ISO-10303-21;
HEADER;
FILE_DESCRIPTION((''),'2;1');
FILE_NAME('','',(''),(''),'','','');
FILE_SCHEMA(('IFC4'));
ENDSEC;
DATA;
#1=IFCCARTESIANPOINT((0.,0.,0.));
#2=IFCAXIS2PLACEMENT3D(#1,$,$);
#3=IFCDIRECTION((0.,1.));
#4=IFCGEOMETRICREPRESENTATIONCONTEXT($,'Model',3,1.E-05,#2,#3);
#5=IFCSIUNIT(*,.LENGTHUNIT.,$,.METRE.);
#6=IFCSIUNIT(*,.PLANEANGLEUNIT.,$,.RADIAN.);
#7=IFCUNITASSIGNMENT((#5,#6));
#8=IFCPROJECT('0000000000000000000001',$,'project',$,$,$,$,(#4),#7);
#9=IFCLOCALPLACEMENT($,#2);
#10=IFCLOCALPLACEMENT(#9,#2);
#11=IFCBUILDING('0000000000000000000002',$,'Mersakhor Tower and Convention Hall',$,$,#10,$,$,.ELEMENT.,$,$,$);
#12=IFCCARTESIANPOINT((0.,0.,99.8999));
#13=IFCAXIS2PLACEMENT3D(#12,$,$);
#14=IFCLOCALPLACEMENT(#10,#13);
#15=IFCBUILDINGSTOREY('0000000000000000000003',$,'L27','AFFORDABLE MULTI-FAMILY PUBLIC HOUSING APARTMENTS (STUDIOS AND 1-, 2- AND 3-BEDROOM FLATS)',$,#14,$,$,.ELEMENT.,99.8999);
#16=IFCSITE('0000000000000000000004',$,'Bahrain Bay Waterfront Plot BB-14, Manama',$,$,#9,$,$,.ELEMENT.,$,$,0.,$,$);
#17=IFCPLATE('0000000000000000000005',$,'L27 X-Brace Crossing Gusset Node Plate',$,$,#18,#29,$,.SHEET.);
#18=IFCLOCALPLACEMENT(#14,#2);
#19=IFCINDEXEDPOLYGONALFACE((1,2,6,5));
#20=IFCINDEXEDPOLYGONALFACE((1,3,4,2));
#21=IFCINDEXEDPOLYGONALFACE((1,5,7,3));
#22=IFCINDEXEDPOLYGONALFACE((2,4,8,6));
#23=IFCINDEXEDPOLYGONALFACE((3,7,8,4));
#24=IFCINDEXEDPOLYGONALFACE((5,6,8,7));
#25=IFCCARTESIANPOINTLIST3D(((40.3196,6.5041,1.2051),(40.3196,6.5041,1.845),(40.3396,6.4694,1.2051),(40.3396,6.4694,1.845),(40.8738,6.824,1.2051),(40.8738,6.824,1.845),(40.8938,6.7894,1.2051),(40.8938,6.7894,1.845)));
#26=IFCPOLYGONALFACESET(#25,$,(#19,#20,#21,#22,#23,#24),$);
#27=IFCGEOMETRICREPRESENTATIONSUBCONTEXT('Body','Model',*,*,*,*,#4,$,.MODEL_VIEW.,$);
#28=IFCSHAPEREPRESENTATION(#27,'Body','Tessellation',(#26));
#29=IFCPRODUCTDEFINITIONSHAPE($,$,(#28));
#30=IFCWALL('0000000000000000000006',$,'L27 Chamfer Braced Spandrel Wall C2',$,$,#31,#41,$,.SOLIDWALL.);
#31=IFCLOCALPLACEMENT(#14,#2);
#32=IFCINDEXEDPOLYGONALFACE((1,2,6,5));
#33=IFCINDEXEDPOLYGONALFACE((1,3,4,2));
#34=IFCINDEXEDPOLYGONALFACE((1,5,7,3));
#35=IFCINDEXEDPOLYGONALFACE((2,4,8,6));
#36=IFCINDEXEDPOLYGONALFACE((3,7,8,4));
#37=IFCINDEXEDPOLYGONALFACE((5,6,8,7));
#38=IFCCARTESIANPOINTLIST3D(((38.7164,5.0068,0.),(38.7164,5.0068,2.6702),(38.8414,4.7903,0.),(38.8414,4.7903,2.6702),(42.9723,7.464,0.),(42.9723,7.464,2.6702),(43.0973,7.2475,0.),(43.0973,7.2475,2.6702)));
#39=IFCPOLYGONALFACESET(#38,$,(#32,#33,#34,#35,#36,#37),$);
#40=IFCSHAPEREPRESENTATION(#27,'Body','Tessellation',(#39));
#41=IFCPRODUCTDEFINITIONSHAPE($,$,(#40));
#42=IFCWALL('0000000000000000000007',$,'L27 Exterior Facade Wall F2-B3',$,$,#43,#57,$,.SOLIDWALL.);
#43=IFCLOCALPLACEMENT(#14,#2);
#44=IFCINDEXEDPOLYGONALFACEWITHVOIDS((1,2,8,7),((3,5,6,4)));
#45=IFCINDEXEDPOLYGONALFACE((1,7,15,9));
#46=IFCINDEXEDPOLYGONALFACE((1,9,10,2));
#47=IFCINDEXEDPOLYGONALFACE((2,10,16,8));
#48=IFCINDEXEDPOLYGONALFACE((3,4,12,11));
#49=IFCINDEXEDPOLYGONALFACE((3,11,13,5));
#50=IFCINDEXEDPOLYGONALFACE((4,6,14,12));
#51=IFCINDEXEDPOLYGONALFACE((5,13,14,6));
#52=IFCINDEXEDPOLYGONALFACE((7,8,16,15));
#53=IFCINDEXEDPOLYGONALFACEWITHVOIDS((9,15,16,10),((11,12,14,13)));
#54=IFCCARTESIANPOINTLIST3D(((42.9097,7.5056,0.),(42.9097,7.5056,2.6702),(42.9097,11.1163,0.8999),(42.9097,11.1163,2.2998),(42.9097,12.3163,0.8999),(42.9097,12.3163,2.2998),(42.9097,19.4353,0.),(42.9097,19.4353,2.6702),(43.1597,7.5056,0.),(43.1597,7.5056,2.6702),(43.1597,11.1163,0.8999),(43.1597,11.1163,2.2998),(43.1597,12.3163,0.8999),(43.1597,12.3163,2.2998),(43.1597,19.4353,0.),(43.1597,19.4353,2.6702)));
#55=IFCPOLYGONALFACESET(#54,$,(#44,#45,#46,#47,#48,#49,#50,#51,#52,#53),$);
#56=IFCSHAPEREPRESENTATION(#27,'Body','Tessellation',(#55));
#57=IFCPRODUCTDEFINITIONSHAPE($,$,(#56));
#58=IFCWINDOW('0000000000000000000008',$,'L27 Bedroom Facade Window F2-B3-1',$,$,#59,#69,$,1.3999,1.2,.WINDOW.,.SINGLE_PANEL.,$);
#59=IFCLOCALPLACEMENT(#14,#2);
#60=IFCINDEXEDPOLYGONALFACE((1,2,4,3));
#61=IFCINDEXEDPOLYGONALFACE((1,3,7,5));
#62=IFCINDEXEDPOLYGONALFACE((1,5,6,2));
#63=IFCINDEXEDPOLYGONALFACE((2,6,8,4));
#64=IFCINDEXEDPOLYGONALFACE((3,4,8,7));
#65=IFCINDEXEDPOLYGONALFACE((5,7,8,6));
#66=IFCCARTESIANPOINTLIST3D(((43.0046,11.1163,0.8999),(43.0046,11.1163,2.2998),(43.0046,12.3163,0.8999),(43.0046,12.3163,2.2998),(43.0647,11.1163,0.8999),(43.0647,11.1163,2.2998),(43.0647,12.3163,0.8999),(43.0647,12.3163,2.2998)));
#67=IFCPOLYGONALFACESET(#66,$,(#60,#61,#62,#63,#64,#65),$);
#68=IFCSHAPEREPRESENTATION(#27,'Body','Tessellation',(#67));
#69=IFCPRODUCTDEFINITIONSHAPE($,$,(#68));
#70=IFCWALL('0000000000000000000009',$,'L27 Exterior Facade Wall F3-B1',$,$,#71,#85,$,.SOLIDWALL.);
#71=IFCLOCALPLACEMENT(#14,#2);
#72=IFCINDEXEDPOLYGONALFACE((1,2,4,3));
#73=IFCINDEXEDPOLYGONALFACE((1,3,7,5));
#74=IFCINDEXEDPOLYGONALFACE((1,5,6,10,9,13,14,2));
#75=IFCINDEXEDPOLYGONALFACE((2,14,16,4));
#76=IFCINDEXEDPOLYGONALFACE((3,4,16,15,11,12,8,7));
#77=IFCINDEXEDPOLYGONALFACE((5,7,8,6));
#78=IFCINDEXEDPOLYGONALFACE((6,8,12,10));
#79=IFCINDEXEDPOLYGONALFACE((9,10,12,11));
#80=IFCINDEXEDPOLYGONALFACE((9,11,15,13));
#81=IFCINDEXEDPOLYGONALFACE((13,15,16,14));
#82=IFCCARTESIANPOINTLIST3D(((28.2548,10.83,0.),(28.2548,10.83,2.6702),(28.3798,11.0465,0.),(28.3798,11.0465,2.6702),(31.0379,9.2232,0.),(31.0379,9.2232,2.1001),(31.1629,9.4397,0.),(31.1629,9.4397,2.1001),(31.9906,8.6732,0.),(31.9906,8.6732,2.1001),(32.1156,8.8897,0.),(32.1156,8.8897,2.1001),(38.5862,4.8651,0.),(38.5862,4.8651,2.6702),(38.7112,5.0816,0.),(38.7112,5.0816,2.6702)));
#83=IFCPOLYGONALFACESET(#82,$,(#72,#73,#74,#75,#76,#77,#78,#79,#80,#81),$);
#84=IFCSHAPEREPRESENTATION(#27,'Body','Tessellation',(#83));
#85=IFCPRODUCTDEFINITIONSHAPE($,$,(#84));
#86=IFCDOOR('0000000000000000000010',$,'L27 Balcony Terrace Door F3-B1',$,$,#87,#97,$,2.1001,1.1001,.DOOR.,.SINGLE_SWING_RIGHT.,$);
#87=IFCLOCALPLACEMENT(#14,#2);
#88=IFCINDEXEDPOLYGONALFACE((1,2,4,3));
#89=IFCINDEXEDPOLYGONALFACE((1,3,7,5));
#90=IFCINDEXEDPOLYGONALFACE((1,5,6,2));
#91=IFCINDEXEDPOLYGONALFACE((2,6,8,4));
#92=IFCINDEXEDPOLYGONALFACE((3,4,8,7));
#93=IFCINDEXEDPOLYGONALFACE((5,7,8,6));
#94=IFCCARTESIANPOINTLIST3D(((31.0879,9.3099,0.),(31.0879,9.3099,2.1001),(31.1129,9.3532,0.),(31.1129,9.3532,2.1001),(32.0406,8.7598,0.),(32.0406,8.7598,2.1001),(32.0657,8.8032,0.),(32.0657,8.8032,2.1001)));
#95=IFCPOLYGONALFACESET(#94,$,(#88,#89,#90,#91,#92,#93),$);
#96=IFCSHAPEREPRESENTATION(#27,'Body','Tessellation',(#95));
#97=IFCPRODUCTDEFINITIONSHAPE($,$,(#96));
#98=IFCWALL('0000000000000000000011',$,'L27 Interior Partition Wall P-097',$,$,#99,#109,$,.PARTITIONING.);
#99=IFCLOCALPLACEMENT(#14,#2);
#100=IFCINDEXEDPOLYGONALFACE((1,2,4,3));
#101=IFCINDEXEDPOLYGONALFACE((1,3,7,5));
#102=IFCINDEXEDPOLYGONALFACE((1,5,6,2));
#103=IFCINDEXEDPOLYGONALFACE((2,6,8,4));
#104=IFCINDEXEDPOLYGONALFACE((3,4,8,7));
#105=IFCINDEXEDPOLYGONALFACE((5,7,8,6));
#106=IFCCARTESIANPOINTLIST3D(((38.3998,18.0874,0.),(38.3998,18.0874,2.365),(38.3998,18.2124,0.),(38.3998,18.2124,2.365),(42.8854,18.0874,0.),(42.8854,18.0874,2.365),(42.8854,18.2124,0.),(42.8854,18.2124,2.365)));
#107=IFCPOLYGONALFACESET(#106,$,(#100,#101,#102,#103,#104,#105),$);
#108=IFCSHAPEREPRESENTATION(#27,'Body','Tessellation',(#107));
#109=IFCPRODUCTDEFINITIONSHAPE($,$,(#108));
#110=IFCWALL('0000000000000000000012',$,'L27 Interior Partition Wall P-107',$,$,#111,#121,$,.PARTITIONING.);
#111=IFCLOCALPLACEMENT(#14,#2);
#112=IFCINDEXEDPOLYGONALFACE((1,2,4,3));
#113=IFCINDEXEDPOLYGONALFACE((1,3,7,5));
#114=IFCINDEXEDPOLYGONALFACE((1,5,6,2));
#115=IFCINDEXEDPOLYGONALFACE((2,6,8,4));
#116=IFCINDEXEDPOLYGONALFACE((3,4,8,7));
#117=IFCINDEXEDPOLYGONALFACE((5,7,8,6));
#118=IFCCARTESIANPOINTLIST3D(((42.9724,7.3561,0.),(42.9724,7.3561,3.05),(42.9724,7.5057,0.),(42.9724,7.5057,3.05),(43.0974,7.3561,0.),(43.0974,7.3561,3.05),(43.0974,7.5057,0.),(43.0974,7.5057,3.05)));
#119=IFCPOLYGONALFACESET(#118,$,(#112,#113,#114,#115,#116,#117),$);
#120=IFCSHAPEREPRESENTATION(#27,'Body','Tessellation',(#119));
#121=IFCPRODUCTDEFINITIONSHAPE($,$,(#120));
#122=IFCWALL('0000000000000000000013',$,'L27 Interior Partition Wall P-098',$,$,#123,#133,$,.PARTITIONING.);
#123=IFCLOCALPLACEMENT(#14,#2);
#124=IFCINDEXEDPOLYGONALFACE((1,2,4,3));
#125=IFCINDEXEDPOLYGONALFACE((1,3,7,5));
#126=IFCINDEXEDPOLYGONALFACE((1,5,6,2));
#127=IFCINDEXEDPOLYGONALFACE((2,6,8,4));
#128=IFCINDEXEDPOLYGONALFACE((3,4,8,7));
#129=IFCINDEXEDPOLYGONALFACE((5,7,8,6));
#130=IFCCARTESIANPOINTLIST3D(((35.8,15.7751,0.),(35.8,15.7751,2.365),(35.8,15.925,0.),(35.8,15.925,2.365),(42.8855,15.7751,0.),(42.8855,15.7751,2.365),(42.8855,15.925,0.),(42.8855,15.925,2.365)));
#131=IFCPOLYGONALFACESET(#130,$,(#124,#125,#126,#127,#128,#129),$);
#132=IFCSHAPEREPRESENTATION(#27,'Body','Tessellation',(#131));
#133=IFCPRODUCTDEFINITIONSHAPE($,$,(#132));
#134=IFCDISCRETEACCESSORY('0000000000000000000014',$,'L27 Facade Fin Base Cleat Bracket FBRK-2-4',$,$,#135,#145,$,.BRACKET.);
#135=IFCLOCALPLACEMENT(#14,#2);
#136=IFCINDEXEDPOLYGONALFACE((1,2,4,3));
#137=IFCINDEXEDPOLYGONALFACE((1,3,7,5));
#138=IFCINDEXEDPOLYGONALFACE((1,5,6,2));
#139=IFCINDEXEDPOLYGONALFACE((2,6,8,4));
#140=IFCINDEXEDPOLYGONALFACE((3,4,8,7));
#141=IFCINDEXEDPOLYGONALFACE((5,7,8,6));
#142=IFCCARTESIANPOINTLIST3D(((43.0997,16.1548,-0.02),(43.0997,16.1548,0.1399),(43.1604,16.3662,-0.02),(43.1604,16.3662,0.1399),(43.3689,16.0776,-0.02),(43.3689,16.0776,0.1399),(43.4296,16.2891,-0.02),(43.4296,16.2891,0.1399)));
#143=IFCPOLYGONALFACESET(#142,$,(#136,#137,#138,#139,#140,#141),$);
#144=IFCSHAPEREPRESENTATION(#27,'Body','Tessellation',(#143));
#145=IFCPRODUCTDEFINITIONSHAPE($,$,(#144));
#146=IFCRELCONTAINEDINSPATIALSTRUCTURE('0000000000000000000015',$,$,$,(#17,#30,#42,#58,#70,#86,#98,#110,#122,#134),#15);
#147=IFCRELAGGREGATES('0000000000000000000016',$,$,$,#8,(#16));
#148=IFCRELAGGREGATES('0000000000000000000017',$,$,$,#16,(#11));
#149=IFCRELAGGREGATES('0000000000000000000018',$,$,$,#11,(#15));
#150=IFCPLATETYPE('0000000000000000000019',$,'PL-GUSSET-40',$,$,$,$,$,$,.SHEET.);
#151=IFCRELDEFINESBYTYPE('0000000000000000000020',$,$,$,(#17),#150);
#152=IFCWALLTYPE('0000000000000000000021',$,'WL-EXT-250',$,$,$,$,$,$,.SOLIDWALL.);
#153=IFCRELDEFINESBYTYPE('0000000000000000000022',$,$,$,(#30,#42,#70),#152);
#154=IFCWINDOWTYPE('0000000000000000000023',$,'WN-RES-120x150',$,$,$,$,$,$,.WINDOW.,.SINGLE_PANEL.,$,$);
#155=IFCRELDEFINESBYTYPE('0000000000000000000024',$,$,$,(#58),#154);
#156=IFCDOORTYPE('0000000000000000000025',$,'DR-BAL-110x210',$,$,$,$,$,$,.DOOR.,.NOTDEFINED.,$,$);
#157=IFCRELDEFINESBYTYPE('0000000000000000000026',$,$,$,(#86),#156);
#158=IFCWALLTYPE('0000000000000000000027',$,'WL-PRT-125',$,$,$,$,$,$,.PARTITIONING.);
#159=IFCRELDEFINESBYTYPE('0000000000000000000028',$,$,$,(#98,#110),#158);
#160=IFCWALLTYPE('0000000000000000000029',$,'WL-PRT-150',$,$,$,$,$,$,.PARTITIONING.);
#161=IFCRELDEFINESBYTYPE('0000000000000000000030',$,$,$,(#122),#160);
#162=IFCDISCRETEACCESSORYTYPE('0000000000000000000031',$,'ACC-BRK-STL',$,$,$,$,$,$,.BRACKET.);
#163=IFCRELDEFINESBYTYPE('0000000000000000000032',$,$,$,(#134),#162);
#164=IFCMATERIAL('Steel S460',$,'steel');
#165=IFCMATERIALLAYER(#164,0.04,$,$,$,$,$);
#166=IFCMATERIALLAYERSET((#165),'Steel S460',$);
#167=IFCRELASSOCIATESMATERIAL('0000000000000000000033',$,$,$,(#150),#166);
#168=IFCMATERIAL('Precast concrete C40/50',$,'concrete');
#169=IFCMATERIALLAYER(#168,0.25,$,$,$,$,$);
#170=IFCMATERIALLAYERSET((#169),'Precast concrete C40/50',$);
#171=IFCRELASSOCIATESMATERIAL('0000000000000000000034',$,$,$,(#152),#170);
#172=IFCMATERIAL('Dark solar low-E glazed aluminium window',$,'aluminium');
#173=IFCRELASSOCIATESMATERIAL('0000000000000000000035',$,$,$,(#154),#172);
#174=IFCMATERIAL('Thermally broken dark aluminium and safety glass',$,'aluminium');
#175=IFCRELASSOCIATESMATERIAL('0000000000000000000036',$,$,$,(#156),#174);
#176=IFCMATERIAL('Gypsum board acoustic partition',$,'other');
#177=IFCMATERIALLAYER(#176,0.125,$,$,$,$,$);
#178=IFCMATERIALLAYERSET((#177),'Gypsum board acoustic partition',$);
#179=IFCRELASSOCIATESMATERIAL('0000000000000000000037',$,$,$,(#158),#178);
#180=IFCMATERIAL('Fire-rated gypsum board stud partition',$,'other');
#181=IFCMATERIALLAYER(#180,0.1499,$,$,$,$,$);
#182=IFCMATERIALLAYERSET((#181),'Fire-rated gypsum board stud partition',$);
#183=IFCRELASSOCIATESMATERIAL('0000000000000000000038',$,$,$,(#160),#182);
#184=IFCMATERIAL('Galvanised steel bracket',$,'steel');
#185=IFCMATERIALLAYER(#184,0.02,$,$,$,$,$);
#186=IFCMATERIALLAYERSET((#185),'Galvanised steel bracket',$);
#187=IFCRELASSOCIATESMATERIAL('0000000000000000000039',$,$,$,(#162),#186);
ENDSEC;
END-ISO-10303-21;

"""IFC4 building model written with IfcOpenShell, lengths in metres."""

from ifc_helpers import new_model, si_unit, direction, frame, frame_2d, origin, origin_2d, place, context, subcontext, project, spatial, rectangle, extrude, material, layer, layer_set, type_object, element, fill, save


model = new_model("IFC4")

# Units and contexts
model_context = context("Model", 3, precision=1e-05, world=origin(), true_north=direction((0.0, 1.0)))
body_context = subcontext(model_context, "Body", "Model", "MODEL_VIEW")
ifc_project = project(units=[si_unit("LENGTHUNIT", "METRE"), si_unit("PLANEANGLEUNIT", "RADIAN")], contexts=[model_context])

# Site, building, storey
site_placement = place(None, origin())
site = spatial("IfcSite", under=ifc_project, at=site_placement, Name="Bahrain Bay Waterfront Plot BB-14, Manama", CompositionType="ELEMENT", RefElevation=0.0)
building_placement = place(site_placement, origin())
building = spatial("IfcBuilding", under=site, at=building_placement, Name="Mersakhor Tower and Convention Hall", CompositionType="ELEMENT")
storey_placement = place(building_placement, frame((0.0, 0.0, 99.8999)))
storey = spatial("IfcBuildingStorey", under=building, at=storey_placement, Name="L27", Description="AFFORDABLE MULTI-FAMILY PUBLIC HOUSING APARTMENTS (STUDIOS AND 1-, 2- AND 3-BEDROOM FLATS)", CompositionType="ELEMENT", Elevation=99.8999)

# Plate
ifc_material_1 = material(Name="Steel S460", Category="steel")
ifc_layer_1 = layer(ifc_material_1, 0.04)
ifc_layer_set_1 = layer_set([ifc_layer_1], Name="Steel S460")
plate_type_1 = type_object("IfcPlateType", Name="PL-GUSSET-40", PredefinedType="SHEET", material=ifc_layer_set_1)
plate_1_placement = place(storey_placement, frame((40.6067, 6.6467, 1.2051), z_axis=(0.0, 0.0, 1.0), x_axis=(0.866025, 0.5, 0.0)))
element("IfcPlate", 1, at=plate_1_placement, inside=storey, type_object=plate_type_1, Name="L27 X-Brace Crossing Gusset Node Plate", PredefinedType="SHEET", context=body_context, shape_type="SweptSolid", body=[
    extrude(rectangle(XDim=0.6399, YDim=0.04, at=origin_2d()), origin(), (0.0, 0.0, 1.0), 0.6399),
])

# Wall
ifc_material_2 = material(Name="Precast concrete C40/50", Category="concrete")
ifc_layer_2 = layer(ifc_material_2, 0.25)
ifc_layer_set_2 = layer_set([ifc_layer_2], Name="Precast concrete C40/50")
wall_type_1 = type_object("IfcWallType", Name="WL-EXT-250", PredefinedType="SOLIDWALL", material=ifc_layer_set_2)
wall_1_placement = place(storey_placement, frame((43.0347, 7.3557, 0.0), z_axis=(0.0, 0.0, 1.0), x_axis=(-0.866012, -0.500023, 0.0)))
element("IfcWall", 2, at=wall_1_placement, inside=storey, type_object=wall_type_1, Name="L27 Chamfer Braced Spandrel Wall C2", PredefinedType="SOLIDWALL", context=body_context, shape_type="SweptSolid", body=[
    extrude(rectangle(XDim=4.9143, YDim=0.25, at=frame_2d((2.457, 0.0))), origin(), (0.0, 0.0, 1.0), 2.6702),
])

# Wall, opening, window
wall_2_placement = place(storey_placement, frame((43.0347, 19.4353, 0.0), z_axis=(0.0, 0.0, 1.0), x_axis=(0.0, -1.0, 0.0)))
wall_2 = element("IfcWall", 3, at=wall_2_placement, inside=storey, type_object=wall_type_1, Name="L27 Exterior Facade Wall F2-B3", PredefinedType="SOLIDWALL", context=body_context, shape_type="SweptSolid", body=[
    extrude(rectangle(XDim=11.9297, YDim=0.25, at=frame_2d((5.9648, 0.0))), origin(), (0.0, 0.0, 1.0), 2.6702),
])
opening_1_placement = place(wall_2_placement, frame((7.1189, 0.0, 0.8999)))
opening_1 = element("IfcOpeningElement", 4, at=opening_1_placement, cuts=wall_2, PredefinedType="OPENING", context=body_context, shape_type="SweptSolid", body=[
    extrude(rectangle(XDim=1.2, YDim=1.3999, at=frame_2d((0.6001, 0.7))), frame((0.0, 0.135, 0.0), z_axis=(0.0, -1.0, 0.0), x_axis=(1.0, 0.0, 0.0)), (0.0, 0.0, 1.0), 0.27),
])
ifc_material_3 = material(Name="Dark solar low-E glazed aluminium window", Category="aluminium")
window_type = type_object("IfcWindowType", Name="WN-RES-120x150", PartitioningType="SINGLE_PANEL", PredefinedType="WINDOW", material=ifc_material_3)
window_placement = place(opening_1_placement, origin())
window = element("IfcWindow", 5, at=window_placement, inside=storey, type_object=window_type, Name="L27 Bedroom Facade Window F2-B3-1", OverallHeight=1.3999, OverallWidth=1.2, PartitioningType="SINGLE_PANEL", PredefinedType="WINDOW", context=body_context, shape_type="SweptSolid", body=[
    extrude(rectangle(XDim=1.2, YDim=1.3999, at=frame_2d((0.6001, 0.7))), frame((0.0, 0.03, 0.0), z_axis=(0.0, -1.0, 0.0), x_axis=(1.0, 0.0, 0.0)), (0.0, 0.0, 1.0), 0.0601),
])
fill(opening_1, window)

# Wall, opening, door
wall_3_placement = place(storey_placement, frame((38.6487, 4.9734, 0.0), z_axis=(0.0, 0.0, 1.0), x_axis=(-0.866023, 0.500004, 0.0)))
wall_3 = element("IfcWall", 6, at=wall_3_placement, inside=storey, type_object=wall_type_1, Name="L27 Exterior Facade Wall F3-B1", PredefinedType="SOLIDWALL", context=body_context, shape_type="SweptSolid", body=[
    extrude(rectangle(XDim=11.9297, YDim=0.25, at=frame_2d((5.9648, 0.0))), origin(), (0.0, 0.0, 1.0), 2.6702),
])
opening_2_placement = place(wall_3_placement, frame((7.616, 0.0, 0.0)))
opening_2 = element("IfcOpeningElement", 7, at=opening_2_placement, cuts=wall_3, PredefinedType="OPENING", context=body_context, shape_type="SweptSolid", body=[
    extrude(rectangle(XDim=1.1001, YDim=2.1001, at=frame_2d((0.55, 1.05))), frame((0.0, 0.135, 0.0), z_axis=(0.0, -1.0, 0.0), x_axis=(1.0, 0.0, 0.0)), (0.0, 0.0, 1.0), 0.27),
])
ifc_material_4 = material(Name="Thermally broken dark aluminium and safety glass", Category="aluminium")
door_type_1 = type_object("IfcDoorType", Name="DR-BAL-110x210", OperationType="NOTDEFINED", PredefinedType="DOOR", material=ifc_material_4)
door_1_placement = place(opening_2_placement, origin())
door_1 = element("IfcDoor", 8, at=door_1_placement, inside=storey, type_object=door_type_1, Name="L27 Balcony Terrace Door F3-B1", OperationType="SINGLE_SWING_RIGHT", OverallHeight=2.1001, OverallWidth=1.1001, PredefinedType="DOOR", context=body_context, shape_type="SweptSolid", body=[
    extrude(rectangle(XDim=1.1001, YDim=2.1001, at=frame_2d((0.55, 1.05))), frame((0.0, 0.0249, 0.0), z_axis=(0.0, -1.0, 0.0), x_axis=(1.0, 0.0, 0.0)), (0.0, 0.0, 1.0), 0.05),
])
fill(opening_2, door_1)

# Walls
ifc_material_5 = material(Name="Gypsum board acoustic partition", Category="other")
ifc_layer_3 = layer(ifc_material_5, 0.125)
ifc_layer_set_3 = layer_set([ifc_layer_3], Name="Gypsum board acoustic partition")
wall_type_2 = type_object("IfcWallType", Name="WL-PRT-125", PredefinedType="PARTITIONING", material=ifc_layer_set_3)
wall_4_placement = place(storey_placement, frame((38.3999, 18.1499, 0.0), z_axis=(0.0, 0.0, 1.0), x_axis=(1.0, 0.0, 0.0)))
element("IfcWall", 9, at=wall_4_placement, inside=storey, type_object=wall_type_2, Name="L27 Interior Partition Wall P-097", PredefinedType="PARTITIONING", context=body_context, shape_type="SweptSolid", body=[
    extrude(rectangle(XDim=4.4856, YDim=0.125, at=frame_2d((2.2427, 0.0))), origin(), (0.0, 0.0, 1.0), 2.365),
])
wall_5_placement = place(storey_placement, frame((43.0349, 7.5056, 0.0), z_axis=(0.0, 0.0, 1.0), x_axis=(0.0, -1.0, 0.0)))
element("IfcWall", 10, at=wall_5_placement, inside=storey, type_object=wall_type_2, Name="L27 Interior Partition Wall P-107", PredefinedType="PARTITIONING", context=body_context, shape_type="SweptSolid", body=[
    extrude(rectangle(XDim=0.1497, YDim=0.125, at=frame_2d((0.0747, 0.0))), origin(), (0.0, 0.0, 1.0), 3.05),
])

# Shared definitions
ifc_material_6 = material(Name="Fire-rated gypsum board stud partition", Category="other")
ifc_layer_4 = layer(ifc_material_6, 0.1499)
ifc_layer_set_4 = layer_set([ifc_layer_4], Name="Fire-rated gypsum board stud partition")
wall_type_3 = type_object("IfcWallType", Name="WL-PRT-150", PredefinedType="PARTITIONING", material=ifc_layer_set_4)

# Wall
wall_6_placement = place(storey_placement, frame((42.8855, 15.8501, 0.0), z_axis=(0.0, 0.0, 1.0), x_axis=(-1.0, 0.0, 0.0)))
element("IfcWall", 11, at=wall_6_placement, inside=storey, type_object=wall_type_3, Name="L27 Interior Partition Wall P-098", PredefinedType="PARTITIONING", context=body_context, shape_type="SweptSolid", body=[
    extrude(rectangle(XDim=7.0854, YDim=0.1499, at=frame_2d((3.5427, 0.0))), origin(), (0.0, 0.0, 1.0), 2.365),
])

# Discrete accessory
ifc_material_7 = material(Name="Galvanised steel bracket", Category="steel")
ifc_layer_5 = layer(ifc_material_7, 0.02)
ifc_layer_set_5 = layer_set([ifc_layer_5], Name="Galvanised steel bracket")
discrete_accessory_type = type_object("IfcDiscreteAccessoryType", Name="ACC-BRK-STL", PredefinedType="BRACKET", material=ifc_layer_set_5)
discrete_accessory_placement = place(storey_placement, frame((43.2646, 16.2219, -0.02), z_axis=(0.0, 0.0, 1.0), x_axis=(0.961262, -0.275637, 0.0)))
element("IfcDiscreteAccessory", 12, at=discrete_accessory_placement, inside=storey, type_object=discrete_accessory_type, Name="L27 Facade Fin Base Cleat Bracket FBRK-2-4", PredefinedType="BRACKET", context=body_context, shape_type="SweptSolid", body=[
    extrude(rectangle(XDim=0.28, YDim=0.22, at=origin_2d()), origin(), (0.0, 0.0, 1.0), 0.1599),
])

save(model, "model.ifc")
